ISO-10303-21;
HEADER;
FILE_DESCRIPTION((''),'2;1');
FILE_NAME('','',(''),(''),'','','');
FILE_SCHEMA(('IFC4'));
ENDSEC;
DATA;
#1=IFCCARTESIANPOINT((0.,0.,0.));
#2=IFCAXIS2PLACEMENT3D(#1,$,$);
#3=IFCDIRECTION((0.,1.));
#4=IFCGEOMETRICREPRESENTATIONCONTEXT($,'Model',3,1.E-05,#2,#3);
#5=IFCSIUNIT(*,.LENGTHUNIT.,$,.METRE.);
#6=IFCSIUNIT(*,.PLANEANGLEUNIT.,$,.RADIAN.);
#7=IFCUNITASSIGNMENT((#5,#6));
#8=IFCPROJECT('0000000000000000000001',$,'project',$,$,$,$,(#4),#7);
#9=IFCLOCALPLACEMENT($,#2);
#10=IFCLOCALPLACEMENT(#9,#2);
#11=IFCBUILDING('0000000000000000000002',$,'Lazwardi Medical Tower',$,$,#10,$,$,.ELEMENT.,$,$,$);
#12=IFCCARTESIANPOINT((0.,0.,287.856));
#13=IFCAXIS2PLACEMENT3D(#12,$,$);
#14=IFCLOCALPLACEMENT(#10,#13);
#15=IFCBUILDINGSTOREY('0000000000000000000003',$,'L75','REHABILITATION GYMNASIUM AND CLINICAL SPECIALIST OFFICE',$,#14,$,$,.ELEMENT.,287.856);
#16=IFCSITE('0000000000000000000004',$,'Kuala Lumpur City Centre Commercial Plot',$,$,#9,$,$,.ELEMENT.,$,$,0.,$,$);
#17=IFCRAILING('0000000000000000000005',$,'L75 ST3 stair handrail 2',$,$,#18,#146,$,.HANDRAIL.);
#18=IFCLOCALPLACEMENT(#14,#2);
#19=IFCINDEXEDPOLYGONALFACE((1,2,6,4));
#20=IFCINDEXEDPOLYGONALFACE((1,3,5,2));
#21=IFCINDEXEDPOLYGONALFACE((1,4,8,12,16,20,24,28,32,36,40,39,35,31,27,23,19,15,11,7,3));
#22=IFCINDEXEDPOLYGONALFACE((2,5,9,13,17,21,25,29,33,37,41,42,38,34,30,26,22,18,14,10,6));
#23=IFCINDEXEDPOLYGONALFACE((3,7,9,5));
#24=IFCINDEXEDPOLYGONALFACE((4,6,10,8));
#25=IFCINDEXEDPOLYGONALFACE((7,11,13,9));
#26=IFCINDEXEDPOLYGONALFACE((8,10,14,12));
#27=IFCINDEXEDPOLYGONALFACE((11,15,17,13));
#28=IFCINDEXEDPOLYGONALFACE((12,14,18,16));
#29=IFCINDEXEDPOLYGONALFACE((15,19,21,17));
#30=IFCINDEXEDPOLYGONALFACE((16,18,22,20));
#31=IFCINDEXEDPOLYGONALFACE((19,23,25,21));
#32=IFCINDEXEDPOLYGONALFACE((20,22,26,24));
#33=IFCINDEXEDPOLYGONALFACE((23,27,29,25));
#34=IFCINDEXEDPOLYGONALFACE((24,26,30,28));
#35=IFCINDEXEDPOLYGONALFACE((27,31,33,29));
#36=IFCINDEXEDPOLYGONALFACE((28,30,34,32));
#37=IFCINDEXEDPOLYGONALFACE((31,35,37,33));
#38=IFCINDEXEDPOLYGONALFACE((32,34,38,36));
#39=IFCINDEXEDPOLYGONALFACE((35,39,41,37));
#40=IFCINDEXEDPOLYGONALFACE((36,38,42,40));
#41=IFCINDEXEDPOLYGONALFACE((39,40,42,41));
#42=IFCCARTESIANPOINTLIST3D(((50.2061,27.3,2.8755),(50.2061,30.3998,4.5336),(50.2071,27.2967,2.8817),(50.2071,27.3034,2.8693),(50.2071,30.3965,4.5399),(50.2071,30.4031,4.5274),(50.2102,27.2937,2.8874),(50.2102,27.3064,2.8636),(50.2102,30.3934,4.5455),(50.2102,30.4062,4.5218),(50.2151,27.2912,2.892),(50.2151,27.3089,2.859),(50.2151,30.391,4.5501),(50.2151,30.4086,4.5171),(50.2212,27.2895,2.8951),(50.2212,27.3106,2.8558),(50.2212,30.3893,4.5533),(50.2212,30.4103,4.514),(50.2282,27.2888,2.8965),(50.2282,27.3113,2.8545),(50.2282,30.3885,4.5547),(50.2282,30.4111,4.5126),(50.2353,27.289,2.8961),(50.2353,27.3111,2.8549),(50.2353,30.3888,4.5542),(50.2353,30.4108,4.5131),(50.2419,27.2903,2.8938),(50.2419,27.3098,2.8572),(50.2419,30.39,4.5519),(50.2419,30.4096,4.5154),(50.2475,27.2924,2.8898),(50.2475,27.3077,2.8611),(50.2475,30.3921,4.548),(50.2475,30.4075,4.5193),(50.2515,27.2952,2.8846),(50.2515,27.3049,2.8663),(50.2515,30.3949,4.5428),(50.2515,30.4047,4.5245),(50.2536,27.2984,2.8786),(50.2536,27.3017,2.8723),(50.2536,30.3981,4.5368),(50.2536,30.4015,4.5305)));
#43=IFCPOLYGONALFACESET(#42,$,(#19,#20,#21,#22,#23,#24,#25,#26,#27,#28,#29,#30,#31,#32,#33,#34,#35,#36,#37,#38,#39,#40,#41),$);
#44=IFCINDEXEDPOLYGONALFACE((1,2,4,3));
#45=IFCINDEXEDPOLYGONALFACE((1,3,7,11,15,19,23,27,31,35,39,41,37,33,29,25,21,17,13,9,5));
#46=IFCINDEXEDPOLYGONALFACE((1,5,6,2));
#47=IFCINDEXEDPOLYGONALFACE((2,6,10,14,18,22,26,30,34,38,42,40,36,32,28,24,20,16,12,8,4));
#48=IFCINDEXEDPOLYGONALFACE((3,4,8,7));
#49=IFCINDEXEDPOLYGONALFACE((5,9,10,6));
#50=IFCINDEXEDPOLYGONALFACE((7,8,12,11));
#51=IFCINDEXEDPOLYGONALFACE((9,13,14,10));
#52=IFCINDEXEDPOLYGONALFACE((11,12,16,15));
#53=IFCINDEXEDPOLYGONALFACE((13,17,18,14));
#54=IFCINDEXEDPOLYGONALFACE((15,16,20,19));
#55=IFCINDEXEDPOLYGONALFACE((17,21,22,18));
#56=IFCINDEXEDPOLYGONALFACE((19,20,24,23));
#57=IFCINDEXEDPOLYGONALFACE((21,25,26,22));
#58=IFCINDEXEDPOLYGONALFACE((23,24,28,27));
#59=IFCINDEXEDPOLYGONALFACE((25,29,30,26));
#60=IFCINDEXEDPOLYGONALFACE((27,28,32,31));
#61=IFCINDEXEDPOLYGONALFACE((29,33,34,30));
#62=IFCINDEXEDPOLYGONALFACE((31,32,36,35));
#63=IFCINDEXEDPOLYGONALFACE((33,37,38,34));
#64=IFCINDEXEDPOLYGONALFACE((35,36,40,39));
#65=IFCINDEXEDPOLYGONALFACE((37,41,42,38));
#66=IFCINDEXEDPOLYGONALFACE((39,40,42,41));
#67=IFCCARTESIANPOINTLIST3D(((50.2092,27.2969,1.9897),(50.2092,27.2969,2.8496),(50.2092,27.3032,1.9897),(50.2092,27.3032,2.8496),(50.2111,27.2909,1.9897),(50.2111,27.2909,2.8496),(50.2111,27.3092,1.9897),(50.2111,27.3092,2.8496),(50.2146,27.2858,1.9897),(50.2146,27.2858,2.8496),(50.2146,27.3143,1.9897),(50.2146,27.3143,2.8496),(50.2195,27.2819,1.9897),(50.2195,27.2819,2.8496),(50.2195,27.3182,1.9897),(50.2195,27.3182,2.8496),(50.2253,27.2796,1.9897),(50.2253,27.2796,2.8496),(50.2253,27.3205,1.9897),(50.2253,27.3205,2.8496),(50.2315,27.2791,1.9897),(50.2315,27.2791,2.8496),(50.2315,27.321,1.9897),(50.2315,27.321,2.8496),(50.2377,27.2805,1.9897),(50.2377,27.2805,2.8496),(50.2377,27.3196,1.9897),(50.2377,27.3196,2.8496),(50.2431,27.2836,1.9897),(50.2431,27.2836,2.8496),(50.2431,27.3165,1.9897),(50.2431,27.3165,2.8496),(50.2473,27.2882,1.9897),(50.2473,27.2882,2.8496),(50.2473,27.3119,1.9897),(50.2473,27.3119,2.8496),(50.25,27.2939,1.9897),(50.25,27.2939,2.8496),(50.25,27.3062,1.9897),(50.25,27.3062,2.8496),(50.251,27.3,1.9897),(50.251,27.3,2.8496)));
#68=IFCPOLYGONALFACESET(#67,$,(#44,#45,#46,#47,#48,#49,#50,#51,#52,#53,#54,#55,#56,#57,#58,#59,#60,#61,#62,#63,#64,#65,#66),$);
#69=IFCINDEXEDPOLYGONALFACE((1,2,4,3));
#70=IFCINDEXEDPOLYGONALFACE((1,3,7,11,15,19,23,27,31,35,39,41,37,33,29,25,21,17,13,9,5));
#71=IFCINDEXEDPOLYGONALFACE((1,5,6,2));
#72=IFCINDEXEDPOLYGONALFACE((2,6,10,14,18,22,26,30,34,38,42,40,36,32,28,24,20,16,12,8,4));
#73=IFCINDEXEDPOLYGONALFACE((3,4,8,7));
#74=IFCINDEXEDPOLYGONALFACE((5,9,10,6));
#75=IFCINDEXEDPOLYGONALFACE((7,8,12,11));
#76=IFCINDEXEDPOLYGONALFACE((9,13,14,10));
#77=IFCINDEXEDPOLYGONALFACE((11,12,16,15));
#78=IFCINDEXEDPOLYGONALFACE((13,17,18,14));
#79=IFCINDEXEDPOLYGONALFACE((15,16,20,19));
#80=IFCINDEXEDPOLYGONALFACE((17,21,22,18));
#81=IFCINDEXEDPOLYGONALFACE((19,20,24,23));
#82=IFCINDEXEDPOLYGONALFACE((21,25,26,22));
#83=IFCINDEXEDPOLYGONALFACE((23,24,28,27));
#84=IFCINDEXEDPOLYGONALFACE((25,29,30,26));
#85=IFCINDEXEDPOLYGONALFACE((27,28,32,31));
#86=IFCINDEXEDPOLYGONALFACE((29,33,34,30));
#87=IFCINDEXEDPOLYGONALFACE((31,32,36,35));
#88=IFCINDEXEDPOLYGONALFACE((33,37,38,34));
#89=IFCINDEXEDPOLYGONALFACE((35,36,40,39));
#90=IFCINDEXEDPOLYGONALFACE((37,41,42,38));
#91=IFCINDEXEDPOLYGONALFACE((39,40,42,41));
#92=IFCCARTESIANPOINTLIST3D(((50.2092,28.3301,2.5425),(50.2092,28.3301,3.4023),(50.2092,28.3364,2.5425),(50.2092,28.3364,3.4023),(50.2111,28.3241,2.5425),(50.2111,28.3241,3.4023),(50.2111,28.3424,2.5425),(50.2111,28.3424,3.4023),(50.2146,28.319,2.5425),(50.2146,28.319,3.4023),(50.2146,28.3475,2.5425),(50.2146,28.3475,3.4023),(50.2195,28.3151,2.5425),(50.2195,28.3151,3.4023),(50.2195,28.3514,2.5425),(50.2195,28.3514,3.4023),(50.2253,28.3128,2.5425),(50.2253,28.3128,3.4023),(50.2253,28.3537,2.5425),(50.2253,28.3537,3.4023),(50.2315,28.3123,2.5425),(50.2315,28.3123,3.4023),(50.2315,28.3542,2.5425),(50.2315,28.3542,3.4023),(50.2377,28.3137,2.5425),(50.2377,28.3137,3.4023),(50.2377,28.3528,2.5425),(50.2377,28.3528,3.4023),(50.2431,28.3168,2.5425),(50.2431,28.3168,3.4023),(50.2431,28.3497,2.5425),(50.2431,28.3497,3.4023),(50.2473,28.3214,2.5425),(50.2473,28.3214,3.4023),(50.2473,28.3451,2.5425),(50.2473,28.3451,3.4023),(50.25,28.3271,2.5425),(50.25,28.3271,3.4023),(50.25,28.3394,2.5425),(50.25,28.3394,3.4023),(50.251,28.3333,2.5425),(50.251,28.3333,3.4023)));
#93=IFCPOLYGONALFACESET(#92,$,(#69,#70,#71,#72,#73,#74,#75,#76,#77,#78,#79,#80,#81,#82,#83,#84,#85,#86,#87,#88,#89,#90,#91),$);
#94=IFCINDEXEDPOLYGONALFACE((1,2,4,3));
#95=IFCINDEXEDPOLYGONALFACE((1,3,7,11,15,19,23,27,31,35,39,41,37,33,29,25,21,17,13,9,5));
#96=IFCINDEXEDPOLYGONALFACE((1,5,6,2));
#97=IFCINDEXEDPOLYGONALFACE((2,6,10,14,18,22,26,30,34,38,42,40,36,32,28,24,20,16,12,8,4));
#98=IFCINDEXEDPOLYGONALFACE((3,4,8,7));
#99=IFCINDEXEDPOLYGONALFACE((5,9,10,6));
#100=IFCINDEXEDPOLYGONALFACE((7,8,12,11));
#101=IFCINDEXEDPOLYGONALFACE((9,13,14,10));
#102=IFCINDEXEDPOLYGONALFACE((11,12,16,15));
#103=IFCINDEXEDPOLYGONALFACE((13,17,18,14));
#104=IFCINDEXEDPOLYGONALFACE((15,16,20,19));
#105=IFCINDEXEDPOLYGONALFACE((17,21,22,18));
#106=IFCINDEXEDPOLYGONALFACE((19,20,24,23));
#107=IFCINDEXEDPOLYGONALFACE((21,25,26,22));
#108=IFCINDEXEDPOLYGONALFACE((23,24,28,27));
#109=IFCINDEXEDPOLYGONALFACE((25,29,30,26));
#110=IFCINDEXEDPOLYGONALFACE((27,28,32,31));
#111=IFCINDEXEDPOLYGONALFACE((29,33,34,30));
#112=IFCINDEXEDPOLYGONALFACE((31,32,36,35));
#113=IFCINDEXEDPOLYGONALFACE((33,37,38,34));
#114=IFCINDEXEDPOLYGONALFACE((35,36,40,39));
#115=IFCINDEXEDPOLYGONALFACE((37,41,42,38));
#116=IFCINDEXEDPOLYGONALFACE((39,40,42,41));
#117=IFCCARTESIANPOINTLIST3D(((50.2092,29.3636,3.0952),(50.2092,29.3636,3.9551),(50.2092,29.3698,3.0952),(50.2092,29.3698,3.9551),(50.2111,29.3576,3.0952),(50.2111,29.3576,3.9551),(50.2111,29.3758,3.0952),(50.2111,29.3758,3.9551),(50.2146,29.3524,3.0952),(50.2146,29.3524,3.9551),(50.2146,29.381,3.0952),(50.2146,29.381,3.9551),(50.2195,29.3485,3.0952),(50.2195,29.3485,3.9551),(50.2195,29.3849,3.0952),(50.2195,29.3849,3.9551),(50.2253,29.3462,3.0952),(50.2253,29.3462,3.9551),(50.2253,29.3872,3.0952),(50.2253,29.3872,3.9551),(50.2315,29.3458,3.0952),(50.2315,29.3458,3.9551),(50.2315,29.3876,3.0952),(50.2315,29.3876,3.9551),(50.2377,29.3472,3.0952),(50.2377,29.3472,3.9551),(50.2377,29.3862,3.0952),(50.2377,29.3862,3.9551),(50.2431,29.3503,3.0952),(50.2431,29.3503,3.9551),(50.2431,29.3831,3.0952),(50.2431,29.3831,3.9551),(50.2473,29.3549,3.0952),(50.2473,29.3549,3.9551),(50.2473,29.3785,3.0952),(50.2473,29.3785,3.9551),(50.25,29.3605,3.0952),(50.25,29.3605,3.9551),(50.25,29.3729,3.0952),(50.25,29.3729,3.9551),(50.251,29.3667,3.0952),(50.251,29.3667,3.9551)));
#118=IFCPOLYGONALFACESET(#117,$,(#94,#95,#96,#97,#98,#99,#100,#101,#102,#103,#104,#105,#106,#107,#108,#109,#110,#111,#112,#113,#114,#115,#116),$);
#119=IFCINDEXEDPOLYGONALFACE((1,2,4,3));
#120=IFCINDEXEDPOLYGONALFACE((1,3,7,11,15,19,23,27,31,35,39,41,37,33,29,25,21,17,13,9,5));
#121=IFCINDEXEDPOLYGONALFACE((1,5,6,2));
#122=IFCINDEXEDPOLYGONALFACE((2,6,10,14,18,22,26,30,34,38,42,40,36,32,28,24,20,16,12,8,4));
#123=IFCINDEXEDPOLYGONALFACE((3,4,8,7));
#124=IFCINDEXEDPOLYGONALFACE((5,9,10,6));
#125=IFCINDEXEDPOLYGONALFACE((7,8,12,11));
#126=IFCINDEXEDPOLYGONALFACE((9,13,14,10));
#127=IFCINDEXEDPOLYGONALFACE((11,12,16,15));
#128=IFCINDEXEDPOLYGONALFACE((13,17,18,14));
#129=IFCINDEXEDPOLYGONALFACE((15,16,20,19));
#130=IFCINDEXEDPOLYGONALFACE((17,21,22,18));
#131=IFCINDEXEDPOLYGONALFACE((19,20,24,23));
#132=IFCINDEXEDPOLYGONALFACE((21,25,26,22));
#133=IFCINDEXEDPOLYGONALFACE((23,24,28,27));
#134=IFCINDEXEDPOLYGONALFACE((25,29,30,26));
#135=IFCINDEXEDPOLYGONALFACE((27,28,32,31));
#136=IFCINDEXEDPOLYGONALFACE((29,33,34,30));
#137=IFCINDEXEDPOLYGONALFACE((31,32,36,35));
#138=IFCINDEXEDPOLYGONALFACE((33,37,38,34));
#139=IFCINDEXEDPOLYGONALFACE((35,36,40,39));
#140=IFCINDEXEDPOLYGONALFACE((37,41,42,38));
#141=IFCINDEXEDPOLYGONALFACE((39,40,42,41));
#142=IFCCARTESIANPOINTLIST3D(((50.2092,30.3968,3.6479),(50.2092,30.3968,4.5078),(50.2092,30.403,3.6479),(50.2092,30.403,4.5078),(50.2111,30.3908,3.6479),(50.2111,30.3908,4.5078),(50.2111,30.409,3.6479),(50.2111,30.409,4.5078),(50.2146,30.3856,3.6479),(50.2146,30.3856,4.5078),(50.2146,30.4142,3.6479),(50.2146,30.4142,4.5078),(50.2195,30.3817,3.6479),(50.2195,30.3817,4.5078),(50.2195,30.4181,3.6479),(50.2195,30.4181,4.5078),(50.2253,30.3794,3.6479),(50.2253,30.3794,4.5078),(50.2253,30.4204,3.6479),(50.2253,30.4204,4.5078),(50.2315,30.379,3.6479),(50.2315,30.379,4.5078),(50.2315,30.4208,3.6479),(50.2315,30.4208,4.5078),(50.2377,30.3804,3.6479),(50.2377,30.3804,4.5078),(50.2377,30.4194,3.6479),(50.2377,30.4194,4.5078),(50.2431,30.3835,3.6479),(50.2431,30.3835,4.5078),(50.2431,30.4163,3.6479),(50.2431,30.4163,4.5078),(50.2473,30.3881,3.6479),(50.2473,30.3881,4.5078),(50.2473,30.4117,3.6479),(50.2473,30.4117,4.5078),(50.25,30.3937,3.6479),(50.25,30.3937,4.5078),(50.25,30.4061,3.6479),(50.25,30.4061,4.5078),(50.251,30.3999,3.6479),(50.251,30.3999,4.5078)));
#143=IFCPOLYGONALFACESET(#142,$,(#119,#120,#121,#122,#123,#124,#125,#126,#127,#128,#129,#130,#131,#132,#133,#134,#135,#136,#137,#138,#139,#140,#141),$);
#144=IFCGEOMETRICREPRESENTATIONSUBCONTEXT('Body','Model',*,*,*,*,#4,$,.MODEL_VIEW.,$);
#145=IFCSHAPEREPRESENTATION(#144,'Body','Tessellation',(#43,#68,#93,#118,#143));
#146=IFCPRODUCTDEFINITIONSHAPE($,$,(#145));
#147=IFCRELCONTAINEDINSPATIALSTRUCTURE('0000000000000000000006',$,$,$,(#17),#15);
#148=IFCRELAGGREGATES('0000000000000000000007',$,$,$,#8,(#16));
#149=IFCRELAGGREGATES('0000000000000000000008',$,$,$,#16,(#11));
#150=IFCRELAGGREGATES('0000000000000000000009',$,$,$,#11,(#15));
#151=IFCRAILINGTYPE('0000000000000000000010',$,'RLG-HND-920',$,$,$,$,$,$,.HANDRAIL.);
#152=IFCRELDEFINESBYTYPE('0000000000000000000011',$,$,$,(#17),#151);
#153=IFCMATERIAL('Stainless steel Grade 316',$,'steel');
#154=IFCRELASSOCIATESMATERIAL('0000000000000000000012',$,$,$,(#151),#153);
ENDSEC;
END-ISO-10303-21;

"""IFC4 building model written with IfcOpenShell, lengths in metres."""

from ifc_helpers import new_model, si_unit, direction, frame, origin, origin_2d, place, context, subcontext, project, spatial, circle, extrude, material, type_object, element, save


model = new_model("IFC4")

# Units and contexts
model_context = context("Model", 3, precision=1e-05, world=origin(), true_north=direction((0.0, 1.0)))
body_context = subcontext(model_context, "Body", "Model", "MODEL_VIEW")
ifc_project = project(units=[si_unit("LENGTHUNIT", "METRE"), si_unit("PLANEANGLEUNIT", "RADIAN")], contexts=[model_context])

# Site, building, storey
site_placement = place(None, origin())
site = spatial("IfcSite", under=ifc_project, at=site_placement, Name="Kuala Lumpur City Centre Commercial Plot", CompositionType="ELEMENT", RefElevation=0.0)
building_placement = place(site_placement, origin())
building = spatial("IfcBuilding", under=site, at=building_placement, Name="Lazwardi Medical Tower", CompositionType="ELEMENT")
storey_placement = place(building_placement, frame((0.0, 0.0, 287.856)))
storey = spatial("IfcBuildingStorey", under=building, at=storey_placement, Name="L75", Description="REHABILITATION GYMNASIUM AND CLINICAL SPECIALIST OFFICE", CompositionType="ELEMENT", Elevation=287.856)

# Railing
ifc_material_1 = material(Name="Stainless steel Grade 316", Category="steel")
railing_type_1 = type_object("IfcRailingType", Name="RLG-HND-920", PredefinedType="HANDRAIL", material=ifc_material_1)
railing_1_placement = place(storey_placement, frame((50.23, 27.3, 1.9897)))
element("IfcRailing", 1, at=railing_1_placement, inside=storey, type_object=railing_type_1, Name="L75 ST3 stair handrail 2", PredefinedType="HANDRAIL", context=body_context, shape_type="SweptSolid", body=[
    extrude(circle(Radius=0.0239, at=origin_2d()), frame((0.0, 0.0, 0.8857), z_axis=(0.0, 0.881768, 0.471684), x_axis=(-1.0, 0.0, 0.0)), (0.0, 0.0, 1.0), 3.5154),
    extrude(circle(Radius=0.021, at=origin_2d()), origin(), (0.0, 0.0, 1.0), 0.8599),
    extrude(circle(Radius=0.021, at=origin_2d()), frame((0.0, 1.0332, 0.5527)), (0.0, 0.0, 1.0), 0.8599),
    extrude(circle(Radius=0.021, at=origin_2d()), frame((0.0, 2.0667, 1.1055)), (0.0, 0.0, 1.0), 0.8599),
    extrude(circle(Radius=0.021, at=origin_2d()), frame((0.0, 3.0999, 1.6582)), (0.0, 0.0, 1.0), 0.8599),
])

save(model, "model.ifc")
